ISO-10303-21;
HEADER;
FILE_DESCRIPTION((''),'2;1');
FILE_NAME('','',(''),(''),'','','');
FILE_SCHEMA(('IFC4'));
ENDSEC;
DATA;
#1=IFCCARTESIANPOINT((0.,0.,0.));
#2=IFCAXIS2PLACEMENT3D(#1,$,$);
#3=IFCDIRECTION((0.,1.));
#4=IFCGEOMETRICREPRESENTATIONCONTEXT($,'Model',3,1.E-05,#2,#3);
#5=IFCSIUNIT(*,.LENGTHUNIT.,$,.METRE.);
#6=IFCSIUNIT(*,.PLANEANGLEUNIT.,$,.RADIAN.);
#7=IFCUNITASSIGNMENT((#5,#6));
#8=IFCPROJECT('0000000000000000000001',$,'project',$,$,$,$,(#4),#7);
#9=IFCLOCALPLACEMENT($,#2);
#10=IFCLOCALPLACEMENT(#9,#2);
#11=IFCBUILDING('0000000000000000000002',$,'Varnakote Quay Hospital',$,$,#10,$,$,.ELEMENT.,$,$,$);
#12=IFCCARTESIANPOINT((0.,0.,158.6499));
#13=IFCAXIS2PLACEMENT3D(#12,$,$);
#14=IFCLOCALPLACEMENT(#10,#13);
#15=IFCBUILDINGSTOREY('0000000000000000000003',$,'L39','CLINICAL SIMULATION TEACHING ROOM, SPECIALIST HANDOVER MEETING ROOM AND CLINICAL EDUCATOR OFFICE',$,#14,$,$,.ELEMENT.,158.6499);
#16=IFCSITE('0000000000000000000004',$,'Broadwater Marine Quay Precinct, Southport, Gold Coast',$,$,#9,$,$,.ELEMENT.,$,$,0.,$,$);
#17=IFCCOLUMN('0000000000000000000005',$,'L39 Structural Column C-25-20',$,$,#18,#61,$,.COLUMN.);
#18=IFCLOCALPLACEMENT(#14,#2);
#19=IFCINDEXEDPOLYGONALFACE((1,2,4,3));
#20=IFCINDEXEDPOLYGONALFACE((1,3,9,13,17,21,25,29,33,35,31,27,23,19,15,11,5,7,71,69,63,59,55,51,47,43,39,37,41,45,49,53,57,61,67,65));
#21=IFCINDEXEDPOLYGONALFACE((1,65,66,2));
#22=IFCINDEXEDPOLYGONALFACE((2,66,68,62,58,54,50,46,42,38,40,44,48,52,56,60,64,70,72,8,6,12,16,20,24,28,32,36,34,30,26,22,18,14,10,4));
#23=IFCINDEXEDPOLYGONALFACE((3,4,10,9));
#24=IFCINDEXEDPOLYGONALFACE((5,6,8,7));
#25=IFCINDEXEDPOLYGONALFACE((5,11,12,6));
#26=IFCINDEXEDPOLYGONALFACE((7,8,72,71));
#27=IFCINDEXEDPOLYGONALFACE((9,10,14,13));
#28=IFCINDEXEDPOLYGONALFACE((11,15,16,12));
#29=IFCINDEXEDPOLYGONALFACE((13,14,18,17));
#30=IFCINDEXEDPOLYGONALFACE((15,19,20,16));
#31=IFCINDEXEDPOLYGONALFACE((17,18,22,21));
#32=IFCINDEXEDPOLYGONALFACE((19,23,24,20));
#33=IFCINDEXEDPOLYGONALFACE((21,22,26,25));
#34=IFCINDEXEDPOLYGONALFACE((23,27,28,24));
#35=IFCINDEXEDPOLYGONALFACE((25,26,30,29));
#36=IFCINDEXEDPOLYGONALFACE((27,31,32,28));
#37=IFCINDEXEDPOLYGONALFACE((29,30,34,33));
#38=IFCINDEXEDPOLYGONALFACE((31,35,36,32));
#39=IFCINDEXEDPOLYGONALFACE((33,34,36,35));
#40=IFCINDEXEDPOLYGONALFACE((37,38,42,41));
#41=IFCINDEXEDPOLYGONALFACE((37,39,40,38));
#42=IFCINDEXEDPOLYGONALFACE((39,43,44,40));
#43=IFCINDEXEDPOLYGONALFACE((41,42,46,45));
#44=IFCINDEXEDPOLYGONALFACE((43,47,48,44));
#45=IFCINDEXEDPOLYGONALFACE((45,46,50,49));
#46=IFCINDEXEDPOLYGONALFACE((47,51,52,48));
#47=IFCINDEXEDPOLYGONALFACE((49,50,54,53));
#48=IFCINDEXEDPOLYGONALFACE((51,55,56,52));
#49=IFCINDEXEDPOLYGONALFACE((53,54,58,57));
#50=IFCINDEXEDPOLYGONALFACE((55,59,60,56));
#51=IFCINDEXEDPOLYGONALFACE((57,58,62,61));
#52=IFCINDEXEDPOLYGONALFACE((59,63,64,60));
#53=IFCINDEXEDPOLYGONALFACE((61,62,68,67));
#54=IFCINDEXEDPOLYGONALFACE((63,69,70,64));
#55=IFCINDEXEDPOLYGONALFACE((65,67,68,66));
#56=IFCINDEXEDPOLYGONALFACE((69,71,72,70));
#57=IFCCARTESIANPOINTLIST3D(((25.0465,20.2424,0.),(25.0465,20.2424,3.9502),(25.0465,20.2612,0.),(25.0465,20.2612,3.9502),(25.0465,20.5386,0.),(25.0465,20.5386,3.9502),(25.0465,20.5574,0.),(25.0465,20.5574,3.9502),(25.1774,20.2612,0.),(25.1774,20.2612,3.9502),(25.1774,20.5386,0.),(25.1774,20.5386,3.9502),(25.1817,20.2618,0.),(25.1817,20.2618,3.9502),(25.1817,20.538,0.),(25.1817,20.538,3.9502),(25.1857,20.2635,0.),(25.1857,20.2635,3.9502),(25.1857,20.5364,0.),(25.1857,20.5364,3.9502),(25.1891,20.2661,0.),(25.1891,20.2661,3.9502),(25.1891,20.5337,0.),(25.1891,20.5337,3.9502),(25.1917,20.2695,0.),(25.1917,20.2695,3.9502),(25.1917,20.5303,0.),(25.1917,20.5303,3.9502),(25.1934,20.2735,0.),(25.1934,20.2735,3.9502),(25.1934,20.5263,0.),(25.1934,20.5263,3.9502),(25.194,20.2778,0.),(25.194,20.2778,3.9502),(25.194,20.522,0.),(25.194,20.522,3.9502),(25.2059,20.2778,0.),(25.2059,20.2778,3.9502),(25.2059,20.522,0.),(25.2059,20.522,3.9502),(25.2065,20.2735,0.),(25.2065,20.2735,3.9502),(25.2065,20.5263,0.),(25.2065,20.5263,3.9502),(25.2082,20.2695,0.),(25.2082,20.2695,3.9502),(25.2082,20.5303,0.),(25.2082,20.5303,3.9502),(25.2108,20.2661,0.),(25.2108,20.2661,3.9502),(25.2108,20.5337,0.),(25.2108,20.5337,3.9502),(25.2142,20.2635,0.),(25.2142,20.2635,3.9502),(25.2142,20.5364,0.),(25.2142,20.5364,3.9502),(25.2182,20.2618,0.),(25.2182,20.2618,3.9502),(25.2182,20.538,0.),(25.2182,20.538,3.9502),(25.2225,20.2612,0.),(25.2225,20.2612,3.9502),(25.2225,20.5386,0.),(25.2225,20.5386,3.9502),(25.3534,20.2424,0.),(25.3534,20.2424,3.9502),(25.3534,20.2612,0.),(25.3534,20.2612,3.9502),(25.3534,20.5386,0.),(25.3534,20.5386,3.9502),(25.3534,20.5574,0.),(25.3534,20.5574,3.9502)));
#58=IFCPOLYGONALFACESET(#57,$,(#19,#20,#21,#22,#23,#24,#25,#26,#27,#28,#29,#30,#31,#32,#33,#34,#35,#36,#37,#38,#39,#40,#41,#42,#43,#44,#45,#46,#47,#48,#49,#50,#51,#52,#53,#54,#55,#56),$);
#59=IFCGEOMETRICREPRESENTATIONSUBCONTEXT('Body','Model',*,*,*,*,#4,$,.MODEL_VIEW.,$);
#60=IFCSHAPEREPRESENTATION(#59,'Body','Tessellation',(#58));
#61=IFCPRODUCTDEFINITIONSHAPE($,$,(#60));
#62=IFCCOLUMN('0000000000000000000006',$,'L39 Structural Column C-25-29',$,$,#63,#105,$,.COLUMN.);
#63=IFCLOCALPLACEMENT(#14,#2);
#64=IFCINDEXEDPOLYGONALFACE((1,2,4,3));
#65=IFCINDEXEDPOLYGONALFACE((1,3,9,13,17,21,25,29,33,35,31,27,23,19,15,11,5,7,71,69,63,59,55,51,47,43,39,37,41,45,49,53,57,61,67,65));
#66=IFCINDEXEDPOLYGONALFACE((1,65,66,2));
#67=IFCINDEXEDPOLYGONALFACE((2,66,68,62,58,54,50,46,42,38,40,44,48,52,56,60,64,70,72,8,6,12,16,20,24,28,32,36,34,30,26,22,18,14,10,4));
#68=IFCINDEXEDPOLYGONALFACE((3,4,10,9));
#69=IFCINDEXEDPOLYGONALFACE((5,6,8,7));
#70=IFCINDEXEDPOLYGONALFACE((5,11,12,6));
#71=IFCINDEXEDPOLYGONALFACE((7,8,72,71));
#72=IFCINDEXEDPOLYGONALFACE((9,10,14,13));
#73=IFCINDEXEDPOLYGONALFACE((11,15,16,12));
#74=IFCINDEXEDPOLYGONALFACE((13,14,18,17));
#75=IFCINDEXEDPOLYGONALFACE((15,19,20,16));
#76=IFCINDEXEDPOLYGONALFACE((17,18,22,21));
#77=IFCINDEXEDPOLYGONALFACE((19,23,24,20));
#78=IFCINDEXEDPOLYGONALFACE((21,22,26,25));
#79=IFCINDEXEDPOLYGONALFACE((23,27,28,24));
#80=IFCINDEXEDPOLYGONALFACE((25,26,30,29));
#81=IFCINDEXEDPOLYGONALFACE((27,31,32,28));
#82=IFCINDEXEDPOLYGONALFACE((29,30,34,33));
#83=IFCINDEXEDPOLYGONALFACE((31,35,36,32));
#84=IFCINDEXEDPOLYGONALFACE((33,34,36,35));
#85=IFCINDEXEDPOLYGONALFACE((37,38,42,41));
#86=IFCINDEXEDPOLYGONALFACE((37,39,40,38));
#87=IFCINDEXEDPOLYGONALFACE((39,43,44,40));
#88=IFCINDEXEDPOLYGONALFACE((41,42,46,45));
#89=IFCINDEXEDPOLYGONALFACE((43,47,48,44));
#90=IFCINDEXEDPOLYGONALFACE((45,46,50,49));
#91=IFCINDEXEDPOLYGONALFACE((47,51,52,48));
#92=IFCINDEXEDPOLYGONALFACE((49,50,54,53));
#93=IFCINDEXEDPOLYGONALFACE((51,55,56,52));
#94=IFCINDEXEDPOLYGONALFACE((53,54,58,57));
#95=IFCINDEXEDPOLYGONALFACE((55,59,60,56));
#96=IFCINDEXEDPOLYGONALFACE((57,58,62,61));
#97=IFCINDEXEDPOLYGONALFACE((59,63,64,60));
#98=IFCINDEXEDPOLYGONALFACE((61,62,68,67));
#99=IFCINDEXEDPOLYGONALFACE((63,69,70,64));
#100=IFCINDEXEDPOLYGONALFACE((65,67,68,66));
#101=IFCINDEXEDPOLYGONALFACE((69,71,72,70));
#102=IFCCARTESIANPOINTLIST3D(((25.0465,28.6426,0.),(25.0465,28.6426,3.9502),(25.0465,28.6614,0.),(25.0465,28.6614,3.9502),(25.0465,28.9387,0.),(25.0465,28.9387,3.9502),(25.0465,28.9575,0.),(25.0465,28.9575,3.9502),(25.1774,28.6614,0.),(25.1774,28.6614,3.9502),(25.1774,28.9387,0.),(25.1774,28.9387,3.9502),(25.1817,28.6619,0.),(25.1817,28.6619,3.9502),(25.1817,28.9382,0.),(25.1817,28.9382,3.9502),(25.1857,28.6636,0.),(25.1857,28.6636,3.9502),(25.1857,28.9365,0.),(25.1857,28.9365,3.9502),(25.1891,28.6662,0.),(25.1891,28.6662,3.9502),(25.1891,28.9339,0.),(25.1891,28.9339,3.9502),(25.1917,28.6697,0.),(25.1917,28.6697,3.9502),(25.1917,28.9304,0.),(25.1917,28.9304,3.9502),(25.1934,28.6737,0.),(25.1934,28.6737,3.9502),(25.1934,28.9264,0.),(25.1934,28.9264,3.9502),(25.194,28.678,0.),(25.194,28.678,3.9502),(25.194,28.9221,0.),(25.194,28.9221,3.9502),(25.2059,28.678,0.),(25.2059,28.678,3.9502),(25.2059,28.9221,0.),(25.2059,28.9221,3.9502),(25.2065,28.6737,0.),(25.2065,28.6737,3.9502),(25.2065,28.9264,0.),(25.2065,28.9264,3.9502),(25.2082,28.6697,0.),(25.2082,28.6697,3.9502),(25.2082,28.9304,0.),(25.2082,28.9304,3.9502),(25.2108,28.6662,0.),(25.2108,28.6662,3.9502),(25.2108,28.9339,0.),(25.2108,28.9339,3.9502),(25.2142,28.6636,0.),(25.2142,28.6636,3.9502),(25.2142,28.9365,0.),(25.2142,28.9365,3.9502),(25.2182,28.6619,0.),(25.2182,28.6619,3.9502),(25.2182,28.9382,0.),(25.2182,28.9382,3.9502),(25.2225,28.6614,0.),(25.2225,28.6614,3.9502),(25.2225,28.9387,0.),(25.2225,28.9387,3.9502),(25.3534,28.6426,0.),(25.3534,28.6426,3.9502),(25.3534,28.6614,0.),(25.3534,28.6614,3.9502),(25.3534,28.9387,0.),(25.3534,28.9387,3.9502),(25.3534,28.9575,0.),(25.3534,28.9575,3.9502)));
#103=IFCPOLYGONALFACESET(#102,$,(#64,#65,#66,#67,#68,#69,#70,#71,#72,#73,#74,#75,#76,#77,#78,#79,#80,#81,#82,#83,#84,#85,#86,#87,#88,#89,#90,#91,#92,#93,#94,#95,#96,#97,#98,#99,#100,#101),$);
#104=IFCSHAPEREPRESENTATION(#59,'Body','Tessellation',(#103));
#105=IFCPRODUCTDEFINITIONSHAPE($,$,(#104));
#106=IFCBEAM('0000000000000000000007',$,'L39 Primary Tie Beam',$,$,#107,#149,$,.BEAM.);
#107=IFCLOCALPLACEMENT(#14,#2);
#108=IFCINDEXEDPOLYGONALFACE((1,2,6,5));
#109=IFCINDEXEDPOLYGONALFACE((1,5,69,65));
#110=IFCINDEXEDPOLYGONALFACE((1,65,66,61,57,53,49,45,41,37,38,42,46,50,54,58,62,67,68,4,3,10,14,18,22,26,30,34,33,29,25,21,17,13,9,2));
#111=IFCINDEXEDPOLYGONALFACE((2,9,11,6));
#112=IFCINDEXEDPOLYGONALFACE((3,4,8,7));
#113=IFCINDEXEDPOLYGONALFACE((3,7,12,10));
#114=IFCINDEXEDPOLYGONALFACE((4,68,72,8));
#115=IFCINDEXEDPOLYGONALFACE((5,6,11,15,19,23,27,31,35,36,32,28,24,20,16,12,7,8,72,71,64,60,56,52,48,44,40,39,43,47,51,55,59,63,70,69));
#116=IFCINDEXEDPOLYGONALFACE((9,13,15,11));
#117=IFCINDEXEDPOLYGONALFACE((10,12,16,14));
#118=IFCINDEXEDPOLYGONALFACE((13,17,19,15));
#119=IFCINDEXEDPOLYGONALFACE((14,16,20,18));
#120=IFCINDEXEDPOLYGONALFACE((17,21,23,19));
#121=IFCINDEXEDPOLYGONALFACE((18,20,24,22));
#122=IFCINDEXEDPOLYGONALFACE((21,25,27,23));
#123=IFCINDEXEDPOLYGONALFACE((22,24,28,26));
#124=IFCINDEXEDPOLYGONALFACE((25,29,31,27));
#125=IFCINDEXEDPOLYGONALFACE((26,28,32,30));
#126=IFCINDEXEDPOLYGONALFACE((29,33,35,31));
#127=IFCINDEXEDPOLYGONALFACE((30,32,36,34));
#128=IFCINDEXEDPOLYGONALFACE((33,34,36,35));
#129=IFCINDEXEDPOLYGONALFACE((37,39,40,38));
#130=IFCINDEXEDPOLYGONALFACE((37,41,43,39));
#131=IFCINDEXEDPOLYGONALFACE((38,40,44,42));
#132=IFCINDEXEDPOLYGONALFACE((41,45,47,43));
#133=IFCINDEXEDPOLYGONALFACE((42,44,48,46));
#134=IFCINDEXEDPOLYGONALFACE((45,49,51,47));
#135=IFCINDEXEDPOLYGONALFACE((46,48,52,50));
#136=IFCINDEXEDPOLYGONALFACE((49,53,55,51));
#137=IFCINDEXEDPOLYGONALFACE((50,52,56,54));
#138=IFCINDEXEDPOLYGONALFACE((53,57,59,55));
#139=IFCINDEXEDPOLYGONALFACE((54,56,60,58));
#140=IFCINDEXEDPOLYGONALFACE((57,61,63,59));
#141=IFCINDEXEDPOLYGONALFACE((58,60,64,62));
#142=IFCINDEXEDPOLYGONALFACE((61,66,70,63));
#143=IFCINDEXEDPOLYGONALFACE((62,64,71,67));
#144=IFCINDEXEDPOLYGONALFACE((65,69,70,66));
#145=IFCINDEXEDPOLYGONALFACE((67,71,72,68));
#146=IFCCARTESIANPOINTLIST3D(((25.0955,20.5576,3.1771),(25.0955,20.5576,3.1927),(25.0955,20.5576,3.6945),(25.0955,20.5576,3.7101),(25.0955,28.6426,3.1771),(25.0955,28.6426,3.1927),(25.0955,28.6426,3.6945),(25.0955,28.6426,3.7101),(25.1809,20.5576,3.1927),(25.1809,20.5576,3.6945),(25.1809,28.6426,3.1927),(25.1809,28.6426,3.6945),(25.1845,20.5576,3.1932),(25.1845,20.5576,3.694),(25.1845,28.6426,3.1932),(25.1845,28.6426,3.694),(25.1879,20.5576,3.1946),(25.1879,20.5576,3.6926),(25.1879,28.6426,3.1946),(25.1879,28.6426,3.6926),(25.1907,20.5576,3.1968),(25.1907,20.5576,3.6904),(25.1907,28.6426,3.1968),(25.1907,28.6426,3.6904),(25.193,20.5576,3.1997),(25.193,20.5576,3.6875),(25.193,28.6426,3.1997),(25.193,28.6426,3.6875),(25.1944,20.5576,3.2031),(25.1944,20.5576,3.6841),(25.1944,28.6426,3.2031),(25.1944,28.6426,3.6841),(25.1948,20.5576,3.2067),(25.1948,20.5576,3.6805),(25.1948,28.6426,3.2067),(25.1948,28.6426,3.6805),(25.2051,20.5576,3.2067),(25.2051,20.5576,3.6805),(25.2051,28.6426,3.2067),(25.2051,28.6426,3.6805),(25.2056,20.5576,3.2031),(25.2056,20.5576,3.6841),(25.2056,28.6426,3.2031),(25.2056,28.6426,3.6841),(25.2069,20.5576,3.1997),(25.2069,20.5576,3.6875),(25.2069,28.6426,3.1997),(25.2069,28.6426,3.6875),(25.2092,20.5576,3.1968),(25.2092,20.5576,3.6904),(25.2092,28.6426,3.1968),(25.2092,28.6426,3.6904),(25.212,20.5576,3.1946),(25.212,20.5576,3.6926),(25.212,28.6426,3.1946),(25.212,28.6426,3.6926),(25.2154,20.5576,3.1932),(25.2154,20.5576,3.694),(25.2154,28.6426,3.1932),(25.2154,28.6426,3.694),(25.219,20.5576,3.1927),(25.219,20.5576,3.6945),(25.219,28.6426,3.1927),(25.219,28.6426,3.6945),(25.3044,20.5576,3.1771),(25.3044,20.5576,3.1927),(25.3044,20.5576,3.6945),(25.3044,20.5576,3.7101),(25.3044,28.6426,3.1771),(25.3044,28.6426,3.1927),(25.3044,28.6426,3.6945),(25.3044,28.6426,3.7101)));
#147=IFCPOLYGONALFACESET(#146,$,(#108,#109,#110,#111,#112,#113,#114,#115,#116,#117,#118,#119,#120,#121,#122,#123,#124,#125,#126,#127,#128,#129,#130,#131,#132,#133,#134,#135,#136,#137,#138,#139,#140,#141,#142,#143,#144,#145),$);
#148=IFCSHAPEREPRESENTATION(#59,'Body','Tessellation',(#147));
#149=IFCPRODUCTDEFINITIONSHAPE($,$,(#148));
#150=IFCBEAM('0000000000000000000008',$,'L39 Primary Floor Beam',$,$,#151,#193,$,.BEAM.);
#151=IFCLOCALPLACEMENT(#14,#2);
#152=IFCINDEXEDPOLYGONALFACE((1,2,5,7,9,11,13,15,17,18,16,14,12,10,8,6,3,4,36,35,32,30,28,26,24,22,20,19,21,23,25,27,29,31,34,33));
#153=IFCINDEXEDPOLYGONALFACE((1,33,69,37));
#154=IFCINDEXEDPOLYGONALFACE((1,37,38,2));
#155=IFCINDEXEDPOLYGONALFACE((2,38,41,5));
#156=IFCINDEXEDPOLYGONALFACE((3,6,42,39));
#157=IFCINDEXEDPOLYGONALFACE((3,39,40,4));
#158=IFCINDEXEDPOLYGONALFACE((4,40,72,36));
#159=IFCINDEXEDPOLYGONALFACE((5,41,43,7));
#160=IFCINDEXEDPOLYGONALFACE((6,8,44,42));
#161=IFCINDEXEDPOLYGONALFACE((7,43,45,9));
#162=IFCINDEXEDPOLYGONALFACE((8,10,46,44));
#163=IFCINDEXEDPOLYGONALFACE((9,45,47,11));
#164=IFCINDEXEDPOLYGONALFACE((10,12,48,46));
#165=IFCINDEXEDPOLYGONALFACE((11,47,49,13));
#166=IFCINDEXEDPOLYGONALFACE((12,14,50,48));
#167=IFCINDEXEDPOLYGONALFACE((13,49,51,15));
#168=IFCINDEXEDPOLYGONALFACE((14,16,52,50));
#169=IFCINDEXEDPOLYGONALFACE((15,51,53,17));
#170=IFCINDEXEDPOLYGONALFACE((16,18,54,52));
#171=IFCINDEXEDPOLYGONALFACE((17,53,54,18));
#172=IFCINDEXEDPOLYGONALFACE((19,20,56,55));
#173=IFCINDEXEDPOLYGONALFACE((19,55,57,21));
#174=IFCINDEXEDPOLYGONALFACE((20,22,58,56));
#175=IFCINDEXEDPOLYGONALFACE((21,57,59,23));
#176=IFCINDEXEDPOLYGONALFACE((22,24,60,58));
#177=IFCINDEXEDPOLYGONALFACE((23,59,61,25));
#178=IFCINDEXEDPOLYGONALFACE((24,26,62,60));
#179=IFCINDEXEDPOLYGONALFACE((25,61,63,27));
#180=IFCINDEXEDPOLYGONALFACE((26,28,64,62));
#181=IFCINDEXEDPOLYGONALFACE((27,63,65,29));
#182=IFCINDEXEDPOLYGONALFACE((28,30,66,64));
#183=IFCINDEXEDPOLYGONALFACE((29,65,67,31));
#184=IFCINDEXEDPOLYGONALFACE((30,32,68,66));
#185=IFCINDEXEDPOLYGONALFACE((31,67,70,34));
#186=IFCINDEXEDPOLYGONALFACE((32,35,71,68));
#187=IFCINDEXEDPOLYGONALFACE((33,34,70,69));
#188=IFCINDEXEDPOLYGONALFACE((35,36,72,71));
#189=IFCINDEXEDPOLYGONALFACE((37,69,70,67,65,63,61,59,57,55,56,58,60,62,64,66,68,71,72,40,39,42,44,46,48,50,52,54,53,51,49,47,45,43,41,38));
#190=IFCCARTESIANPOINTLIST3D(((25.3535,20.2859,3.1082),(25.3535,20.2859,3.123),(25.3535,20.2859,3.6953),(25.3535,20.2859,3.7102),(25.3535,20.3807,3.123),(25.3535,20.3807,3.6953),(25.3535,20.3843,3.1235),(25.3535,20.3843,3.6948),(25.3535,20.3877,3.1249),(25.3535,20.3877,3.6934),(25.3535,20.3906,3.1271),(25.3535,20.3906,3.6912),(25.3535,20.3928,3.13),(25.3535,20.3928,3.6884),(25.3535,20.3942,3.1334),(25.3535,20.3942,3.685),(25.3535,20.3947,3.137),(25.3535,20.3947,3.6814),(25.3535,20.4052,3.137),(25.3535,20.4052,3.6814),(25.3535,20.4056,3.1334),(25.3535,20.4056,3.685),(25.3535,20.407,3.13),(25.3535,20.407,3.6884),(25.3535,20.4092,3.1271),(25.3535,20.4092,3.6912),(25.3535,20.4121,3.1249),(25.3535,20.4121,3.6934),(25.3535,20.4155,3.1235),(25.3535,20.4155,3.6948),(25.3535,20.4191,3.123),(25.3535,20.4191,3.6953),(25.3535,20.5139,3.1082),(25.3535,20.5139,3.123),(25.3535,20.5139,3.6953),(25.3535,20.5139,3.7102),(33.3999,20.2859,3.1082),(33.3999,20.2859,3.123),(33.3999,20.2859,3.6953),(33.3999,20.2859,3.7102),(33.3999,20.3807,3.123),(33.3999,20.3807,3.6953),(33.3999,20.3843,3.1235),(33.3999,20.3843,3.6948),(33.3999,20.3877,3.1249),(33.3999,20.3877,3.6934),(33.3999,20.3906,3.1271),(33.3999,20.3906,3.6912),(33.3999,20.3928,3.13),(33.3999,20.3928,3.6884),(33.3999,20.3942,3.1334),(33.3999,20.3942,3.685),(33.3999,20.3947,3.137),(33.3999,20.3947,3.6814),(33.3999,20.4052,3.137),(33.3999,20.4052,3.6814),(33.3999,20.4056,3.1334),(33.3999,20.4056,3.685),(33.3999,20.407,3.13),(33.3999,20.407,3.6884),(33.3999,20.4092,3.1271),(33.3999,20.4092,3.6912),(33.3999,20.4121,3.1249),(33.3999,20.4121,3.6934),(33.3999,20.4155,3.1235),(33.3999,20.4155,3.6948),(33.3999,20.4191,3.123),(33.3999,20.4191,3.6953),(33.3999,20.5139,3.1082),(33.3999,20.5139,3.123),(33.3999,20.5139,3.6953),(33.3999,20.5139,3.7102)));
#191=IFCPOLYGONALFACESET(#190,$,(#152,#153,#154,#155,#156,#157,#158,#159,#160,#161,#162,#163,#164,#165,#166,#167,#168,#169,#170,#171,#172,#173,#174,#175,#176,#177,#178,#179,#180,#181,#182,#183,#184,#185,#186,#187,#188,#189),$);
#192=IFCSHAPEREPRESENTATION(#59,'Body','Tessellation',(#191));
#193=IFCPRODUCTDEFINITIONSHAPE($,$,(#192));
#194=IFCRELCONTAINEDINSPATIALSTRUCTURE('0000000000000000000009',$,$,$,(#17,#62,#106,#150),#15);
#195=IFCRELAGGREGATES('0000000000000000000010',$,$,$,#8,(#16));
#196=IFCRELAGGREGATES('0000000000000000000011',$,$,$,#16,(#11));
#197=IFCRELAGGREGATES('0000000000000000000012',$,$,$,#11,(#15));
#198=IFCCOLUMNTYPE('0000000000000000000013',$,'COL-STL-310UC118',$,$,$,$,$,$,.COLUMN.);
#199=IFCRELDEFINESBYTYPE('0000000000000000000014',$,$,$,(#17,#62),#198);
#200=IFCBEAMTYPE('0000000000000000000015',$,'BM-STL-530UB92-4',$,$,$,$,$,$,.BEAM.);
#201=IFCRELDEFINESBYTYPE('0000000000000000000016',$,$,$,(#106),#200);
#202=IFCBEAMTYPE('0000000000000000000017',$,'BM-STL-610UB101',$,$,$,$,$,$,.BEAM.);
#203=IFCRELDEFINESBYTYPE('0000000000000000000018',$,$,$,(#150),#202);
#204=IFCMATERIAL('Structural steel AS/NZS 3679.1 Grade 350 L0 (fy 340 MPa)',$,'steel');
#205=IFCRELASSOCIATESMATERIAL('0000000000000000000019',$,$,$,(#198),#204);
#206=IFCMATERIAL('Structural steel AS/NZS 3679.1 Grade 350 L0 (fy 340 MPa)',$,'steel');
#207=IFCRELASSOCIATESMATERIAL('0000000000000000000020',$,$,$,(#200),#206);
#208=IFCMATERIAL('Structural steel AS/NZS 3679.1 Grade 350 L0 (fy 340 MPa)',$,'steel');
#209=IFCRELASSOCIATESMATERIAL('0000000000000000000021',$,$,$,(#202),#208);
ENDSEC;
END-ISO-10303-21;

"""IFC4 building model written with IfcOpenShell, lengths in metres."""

from ifc_helpers import new_model, si_unit, direction, frame, origin, origin_2d, place, context, subcontext, project, spatial, i_section, extrude, material, material_profile, profile_set, type_object, element, save


model = new_model("IFC4")

# Units and contexts
model_context = context("Model", 3, precision=1e-05, world=origin(), true_north=direction((0.0, 1.0)))
body_context = subcontext(model_context, "Body", "Model", "MODEL_VIEW")
ifc_project = project(units=[si_unit("LENGTHUNIT", "METRE"), si_unit("PLANEANGLEUNIT", "RADIAN")], contexts=[model_context])

# Site, building, storey
site_placement = place(None, origin())
site = spatial("IfcSite", under=ifc_project, at=site_placement, Name="Broadwater Marine Quay Precinct, Southport, Gold Coast", CompositionType="ELEMENT", RefElevation=0.0)
building_placement = place(site_placement, origin())
building = spatial("IfcBuilding", under=site, at=building_placement, Name="Varnakote Quay Hospital", CompositionType="ELEMENT")
storey_placement = place(building_placement, frame((0.0, 0.0, 158.6499)))
storey = spatial("IfcBuildingStorey", under=building, at=storey_placement, Name="L39", Description="CLINICAL SIMULATION TEACHING ROOM, SPECIALIST HANDOVER MEETING ROOM AND CLINICAL EDUCATOR OFFICE", CompositionType="ELEMENT", Elevation=158.6499)

# Columns
ifc_material_1 = material(Name="Structural steel AS/NZS 3679.1 Grade 350 L0 (fy 340 MPa)", Category="steel")
ifc_material_profile_1 = material_profile(ifc_material_1, i_section(OverallWidth=0.3069, OverallDepth=0.3149, WebThickness=0.012, FlangeThickness=0.0188, FilletRadius=0.0166, at=origin_2d()), Name="310UC118")
ifc_profile_set_1 = profile_set([ifc_material_profile_1], Name="Structural steel AS/NZS 3679.1 Grade 350 L0 (fy 340 MPa)")
column_type = type_object("IfcColumnType", Name="COL-STL-310UC118", PredefinedType="COLUMN", material=ifc_profile_set_1)
for number, where, z_axis, x_axis, name in (
    (1, (25.2, 20.3999, 0.0), (0.0, 0.0, 1.0), (1.0, 0.0, 0.0), "L39 Structural Column C-25-20"),
    (2, (25.2, 28.8, 0.0), (0.0, 0.0, 1.0), (1.0, 0.0, 0.0), "L39 Structural Column C-25-29"),
):
    element("IfcColumn", number, at=place(storey_placement, frame(where, z_axis=z_axis, x_axis=x_axis)), inside=storey, type_object=column_type, Name=name, PredefinedType="COLUMN", context=body_context, shape_type="SweptSolid", body=[
        extrude(i_section(OverallWidth=0.3069, OverallDepth=0.3149, WebThickness=0.012, FlangeThickness=0.0188, FilletRadius=0.0166, at=origin_2d()), origin(), (0.0, 0.0, 1.0), 3.9502),
    ])

# Beams
ifc_material_2 = material(Name="Structural steel AS/NZS 3679.1 Grade 350 L0 (fy 340 MPa)", Category="steel")
ifc_material_profile_2 = material_profile(ifc_material_2, i_section(OverallWidth=0.209, OverallDepth=0.533, WebThickness=0.0103, FlangeThickness=0.0156, FilletRadius=0.0139, at=origin_2d()), Name="530UB92.4")
ifc_profile_set_2 = profile_set([ifc_material_profile_2], Name="Structural steel AS/NZS 3679.1 Grade 350 L0 (fy 340 MPa)")
beam_type_1 = type_object("IfcBeamType", Name="BM-STL-530UB92-4", PredefinedType="BEAM", material=ifc_profile_set_2)
beam_1_placement = place(storey_placement, frame((25.2, 20.5576, 3.4436), z_axis=(0.0, 1.0, 0.0), x_axis=(-1.0, 0.0, 0.0)))
element("IfcBeam", 3, at=beam_1_placement, inside=storey, type_object=beam_type_1, Name="L39 Primary Tie Beam", PredefinedType="BEAM", context=body_context, shape_type="SweptSolid", body=[
    extrude(i_section(OverallWidth=0.209, OverallDepth=0.533, WebThickness=0.0103, FlangeThickness=0.0156, FilletRadius=0.0139, at=origin_2d()), origin(), (0.0, 0.0, 1.0), 8.085),
])
ifc_material_3 = material(Name="Structural steel AS/NZS 3679.1 Grade 350 L0 (fy 340 MPa)", Category="steel")
ifc_material_profile_3 = material_profile(ifc_material_3, i_section(OverallWidth=0.228, OverallDepth=0.6021, WebThickness=0.0105, FlangeThickness=0.0149, FilletRadius=0.0139, at=origin_2d()), Name="610UB101")
ifc_profile_set_3 = profile_set([ifc_material_profile_3], Name="Structural steel AS/NZS 3679.1 Grade 350 L0 (fy 340 MPa)")
beam_type_2 = type_object("IfcBeamType", Name="BM-STL-610UB101", PredefinedType="BEAM", material=ifc_profile_set_3)
beam_2_placement = place(storey_placement, frame((25.3535, 20.3999, 3.4092), z_axis=(1.0, 0.0, 0.0), x_axis=(0.0, 1.0, 0.0)))
element("IfcBeam", 4, at=beam_2_placement, inside=storey, type_object=beam_type_2, Name="L39 Primary Floor Beam", PredefinedType="BEAM", context=body_context, shape_type="SweptSolid", body=[
    extrude(i_section(OverallWidth=0.228, OverallDepth=0.6021, WebThickness=0.0105, FlangeThickness=0.0149, FilletRadius=0.0139, at=origin_2d()), origin(), (0.0, 0.0, 1.0), 8.0464),
])

save(model, "model.ifc")
